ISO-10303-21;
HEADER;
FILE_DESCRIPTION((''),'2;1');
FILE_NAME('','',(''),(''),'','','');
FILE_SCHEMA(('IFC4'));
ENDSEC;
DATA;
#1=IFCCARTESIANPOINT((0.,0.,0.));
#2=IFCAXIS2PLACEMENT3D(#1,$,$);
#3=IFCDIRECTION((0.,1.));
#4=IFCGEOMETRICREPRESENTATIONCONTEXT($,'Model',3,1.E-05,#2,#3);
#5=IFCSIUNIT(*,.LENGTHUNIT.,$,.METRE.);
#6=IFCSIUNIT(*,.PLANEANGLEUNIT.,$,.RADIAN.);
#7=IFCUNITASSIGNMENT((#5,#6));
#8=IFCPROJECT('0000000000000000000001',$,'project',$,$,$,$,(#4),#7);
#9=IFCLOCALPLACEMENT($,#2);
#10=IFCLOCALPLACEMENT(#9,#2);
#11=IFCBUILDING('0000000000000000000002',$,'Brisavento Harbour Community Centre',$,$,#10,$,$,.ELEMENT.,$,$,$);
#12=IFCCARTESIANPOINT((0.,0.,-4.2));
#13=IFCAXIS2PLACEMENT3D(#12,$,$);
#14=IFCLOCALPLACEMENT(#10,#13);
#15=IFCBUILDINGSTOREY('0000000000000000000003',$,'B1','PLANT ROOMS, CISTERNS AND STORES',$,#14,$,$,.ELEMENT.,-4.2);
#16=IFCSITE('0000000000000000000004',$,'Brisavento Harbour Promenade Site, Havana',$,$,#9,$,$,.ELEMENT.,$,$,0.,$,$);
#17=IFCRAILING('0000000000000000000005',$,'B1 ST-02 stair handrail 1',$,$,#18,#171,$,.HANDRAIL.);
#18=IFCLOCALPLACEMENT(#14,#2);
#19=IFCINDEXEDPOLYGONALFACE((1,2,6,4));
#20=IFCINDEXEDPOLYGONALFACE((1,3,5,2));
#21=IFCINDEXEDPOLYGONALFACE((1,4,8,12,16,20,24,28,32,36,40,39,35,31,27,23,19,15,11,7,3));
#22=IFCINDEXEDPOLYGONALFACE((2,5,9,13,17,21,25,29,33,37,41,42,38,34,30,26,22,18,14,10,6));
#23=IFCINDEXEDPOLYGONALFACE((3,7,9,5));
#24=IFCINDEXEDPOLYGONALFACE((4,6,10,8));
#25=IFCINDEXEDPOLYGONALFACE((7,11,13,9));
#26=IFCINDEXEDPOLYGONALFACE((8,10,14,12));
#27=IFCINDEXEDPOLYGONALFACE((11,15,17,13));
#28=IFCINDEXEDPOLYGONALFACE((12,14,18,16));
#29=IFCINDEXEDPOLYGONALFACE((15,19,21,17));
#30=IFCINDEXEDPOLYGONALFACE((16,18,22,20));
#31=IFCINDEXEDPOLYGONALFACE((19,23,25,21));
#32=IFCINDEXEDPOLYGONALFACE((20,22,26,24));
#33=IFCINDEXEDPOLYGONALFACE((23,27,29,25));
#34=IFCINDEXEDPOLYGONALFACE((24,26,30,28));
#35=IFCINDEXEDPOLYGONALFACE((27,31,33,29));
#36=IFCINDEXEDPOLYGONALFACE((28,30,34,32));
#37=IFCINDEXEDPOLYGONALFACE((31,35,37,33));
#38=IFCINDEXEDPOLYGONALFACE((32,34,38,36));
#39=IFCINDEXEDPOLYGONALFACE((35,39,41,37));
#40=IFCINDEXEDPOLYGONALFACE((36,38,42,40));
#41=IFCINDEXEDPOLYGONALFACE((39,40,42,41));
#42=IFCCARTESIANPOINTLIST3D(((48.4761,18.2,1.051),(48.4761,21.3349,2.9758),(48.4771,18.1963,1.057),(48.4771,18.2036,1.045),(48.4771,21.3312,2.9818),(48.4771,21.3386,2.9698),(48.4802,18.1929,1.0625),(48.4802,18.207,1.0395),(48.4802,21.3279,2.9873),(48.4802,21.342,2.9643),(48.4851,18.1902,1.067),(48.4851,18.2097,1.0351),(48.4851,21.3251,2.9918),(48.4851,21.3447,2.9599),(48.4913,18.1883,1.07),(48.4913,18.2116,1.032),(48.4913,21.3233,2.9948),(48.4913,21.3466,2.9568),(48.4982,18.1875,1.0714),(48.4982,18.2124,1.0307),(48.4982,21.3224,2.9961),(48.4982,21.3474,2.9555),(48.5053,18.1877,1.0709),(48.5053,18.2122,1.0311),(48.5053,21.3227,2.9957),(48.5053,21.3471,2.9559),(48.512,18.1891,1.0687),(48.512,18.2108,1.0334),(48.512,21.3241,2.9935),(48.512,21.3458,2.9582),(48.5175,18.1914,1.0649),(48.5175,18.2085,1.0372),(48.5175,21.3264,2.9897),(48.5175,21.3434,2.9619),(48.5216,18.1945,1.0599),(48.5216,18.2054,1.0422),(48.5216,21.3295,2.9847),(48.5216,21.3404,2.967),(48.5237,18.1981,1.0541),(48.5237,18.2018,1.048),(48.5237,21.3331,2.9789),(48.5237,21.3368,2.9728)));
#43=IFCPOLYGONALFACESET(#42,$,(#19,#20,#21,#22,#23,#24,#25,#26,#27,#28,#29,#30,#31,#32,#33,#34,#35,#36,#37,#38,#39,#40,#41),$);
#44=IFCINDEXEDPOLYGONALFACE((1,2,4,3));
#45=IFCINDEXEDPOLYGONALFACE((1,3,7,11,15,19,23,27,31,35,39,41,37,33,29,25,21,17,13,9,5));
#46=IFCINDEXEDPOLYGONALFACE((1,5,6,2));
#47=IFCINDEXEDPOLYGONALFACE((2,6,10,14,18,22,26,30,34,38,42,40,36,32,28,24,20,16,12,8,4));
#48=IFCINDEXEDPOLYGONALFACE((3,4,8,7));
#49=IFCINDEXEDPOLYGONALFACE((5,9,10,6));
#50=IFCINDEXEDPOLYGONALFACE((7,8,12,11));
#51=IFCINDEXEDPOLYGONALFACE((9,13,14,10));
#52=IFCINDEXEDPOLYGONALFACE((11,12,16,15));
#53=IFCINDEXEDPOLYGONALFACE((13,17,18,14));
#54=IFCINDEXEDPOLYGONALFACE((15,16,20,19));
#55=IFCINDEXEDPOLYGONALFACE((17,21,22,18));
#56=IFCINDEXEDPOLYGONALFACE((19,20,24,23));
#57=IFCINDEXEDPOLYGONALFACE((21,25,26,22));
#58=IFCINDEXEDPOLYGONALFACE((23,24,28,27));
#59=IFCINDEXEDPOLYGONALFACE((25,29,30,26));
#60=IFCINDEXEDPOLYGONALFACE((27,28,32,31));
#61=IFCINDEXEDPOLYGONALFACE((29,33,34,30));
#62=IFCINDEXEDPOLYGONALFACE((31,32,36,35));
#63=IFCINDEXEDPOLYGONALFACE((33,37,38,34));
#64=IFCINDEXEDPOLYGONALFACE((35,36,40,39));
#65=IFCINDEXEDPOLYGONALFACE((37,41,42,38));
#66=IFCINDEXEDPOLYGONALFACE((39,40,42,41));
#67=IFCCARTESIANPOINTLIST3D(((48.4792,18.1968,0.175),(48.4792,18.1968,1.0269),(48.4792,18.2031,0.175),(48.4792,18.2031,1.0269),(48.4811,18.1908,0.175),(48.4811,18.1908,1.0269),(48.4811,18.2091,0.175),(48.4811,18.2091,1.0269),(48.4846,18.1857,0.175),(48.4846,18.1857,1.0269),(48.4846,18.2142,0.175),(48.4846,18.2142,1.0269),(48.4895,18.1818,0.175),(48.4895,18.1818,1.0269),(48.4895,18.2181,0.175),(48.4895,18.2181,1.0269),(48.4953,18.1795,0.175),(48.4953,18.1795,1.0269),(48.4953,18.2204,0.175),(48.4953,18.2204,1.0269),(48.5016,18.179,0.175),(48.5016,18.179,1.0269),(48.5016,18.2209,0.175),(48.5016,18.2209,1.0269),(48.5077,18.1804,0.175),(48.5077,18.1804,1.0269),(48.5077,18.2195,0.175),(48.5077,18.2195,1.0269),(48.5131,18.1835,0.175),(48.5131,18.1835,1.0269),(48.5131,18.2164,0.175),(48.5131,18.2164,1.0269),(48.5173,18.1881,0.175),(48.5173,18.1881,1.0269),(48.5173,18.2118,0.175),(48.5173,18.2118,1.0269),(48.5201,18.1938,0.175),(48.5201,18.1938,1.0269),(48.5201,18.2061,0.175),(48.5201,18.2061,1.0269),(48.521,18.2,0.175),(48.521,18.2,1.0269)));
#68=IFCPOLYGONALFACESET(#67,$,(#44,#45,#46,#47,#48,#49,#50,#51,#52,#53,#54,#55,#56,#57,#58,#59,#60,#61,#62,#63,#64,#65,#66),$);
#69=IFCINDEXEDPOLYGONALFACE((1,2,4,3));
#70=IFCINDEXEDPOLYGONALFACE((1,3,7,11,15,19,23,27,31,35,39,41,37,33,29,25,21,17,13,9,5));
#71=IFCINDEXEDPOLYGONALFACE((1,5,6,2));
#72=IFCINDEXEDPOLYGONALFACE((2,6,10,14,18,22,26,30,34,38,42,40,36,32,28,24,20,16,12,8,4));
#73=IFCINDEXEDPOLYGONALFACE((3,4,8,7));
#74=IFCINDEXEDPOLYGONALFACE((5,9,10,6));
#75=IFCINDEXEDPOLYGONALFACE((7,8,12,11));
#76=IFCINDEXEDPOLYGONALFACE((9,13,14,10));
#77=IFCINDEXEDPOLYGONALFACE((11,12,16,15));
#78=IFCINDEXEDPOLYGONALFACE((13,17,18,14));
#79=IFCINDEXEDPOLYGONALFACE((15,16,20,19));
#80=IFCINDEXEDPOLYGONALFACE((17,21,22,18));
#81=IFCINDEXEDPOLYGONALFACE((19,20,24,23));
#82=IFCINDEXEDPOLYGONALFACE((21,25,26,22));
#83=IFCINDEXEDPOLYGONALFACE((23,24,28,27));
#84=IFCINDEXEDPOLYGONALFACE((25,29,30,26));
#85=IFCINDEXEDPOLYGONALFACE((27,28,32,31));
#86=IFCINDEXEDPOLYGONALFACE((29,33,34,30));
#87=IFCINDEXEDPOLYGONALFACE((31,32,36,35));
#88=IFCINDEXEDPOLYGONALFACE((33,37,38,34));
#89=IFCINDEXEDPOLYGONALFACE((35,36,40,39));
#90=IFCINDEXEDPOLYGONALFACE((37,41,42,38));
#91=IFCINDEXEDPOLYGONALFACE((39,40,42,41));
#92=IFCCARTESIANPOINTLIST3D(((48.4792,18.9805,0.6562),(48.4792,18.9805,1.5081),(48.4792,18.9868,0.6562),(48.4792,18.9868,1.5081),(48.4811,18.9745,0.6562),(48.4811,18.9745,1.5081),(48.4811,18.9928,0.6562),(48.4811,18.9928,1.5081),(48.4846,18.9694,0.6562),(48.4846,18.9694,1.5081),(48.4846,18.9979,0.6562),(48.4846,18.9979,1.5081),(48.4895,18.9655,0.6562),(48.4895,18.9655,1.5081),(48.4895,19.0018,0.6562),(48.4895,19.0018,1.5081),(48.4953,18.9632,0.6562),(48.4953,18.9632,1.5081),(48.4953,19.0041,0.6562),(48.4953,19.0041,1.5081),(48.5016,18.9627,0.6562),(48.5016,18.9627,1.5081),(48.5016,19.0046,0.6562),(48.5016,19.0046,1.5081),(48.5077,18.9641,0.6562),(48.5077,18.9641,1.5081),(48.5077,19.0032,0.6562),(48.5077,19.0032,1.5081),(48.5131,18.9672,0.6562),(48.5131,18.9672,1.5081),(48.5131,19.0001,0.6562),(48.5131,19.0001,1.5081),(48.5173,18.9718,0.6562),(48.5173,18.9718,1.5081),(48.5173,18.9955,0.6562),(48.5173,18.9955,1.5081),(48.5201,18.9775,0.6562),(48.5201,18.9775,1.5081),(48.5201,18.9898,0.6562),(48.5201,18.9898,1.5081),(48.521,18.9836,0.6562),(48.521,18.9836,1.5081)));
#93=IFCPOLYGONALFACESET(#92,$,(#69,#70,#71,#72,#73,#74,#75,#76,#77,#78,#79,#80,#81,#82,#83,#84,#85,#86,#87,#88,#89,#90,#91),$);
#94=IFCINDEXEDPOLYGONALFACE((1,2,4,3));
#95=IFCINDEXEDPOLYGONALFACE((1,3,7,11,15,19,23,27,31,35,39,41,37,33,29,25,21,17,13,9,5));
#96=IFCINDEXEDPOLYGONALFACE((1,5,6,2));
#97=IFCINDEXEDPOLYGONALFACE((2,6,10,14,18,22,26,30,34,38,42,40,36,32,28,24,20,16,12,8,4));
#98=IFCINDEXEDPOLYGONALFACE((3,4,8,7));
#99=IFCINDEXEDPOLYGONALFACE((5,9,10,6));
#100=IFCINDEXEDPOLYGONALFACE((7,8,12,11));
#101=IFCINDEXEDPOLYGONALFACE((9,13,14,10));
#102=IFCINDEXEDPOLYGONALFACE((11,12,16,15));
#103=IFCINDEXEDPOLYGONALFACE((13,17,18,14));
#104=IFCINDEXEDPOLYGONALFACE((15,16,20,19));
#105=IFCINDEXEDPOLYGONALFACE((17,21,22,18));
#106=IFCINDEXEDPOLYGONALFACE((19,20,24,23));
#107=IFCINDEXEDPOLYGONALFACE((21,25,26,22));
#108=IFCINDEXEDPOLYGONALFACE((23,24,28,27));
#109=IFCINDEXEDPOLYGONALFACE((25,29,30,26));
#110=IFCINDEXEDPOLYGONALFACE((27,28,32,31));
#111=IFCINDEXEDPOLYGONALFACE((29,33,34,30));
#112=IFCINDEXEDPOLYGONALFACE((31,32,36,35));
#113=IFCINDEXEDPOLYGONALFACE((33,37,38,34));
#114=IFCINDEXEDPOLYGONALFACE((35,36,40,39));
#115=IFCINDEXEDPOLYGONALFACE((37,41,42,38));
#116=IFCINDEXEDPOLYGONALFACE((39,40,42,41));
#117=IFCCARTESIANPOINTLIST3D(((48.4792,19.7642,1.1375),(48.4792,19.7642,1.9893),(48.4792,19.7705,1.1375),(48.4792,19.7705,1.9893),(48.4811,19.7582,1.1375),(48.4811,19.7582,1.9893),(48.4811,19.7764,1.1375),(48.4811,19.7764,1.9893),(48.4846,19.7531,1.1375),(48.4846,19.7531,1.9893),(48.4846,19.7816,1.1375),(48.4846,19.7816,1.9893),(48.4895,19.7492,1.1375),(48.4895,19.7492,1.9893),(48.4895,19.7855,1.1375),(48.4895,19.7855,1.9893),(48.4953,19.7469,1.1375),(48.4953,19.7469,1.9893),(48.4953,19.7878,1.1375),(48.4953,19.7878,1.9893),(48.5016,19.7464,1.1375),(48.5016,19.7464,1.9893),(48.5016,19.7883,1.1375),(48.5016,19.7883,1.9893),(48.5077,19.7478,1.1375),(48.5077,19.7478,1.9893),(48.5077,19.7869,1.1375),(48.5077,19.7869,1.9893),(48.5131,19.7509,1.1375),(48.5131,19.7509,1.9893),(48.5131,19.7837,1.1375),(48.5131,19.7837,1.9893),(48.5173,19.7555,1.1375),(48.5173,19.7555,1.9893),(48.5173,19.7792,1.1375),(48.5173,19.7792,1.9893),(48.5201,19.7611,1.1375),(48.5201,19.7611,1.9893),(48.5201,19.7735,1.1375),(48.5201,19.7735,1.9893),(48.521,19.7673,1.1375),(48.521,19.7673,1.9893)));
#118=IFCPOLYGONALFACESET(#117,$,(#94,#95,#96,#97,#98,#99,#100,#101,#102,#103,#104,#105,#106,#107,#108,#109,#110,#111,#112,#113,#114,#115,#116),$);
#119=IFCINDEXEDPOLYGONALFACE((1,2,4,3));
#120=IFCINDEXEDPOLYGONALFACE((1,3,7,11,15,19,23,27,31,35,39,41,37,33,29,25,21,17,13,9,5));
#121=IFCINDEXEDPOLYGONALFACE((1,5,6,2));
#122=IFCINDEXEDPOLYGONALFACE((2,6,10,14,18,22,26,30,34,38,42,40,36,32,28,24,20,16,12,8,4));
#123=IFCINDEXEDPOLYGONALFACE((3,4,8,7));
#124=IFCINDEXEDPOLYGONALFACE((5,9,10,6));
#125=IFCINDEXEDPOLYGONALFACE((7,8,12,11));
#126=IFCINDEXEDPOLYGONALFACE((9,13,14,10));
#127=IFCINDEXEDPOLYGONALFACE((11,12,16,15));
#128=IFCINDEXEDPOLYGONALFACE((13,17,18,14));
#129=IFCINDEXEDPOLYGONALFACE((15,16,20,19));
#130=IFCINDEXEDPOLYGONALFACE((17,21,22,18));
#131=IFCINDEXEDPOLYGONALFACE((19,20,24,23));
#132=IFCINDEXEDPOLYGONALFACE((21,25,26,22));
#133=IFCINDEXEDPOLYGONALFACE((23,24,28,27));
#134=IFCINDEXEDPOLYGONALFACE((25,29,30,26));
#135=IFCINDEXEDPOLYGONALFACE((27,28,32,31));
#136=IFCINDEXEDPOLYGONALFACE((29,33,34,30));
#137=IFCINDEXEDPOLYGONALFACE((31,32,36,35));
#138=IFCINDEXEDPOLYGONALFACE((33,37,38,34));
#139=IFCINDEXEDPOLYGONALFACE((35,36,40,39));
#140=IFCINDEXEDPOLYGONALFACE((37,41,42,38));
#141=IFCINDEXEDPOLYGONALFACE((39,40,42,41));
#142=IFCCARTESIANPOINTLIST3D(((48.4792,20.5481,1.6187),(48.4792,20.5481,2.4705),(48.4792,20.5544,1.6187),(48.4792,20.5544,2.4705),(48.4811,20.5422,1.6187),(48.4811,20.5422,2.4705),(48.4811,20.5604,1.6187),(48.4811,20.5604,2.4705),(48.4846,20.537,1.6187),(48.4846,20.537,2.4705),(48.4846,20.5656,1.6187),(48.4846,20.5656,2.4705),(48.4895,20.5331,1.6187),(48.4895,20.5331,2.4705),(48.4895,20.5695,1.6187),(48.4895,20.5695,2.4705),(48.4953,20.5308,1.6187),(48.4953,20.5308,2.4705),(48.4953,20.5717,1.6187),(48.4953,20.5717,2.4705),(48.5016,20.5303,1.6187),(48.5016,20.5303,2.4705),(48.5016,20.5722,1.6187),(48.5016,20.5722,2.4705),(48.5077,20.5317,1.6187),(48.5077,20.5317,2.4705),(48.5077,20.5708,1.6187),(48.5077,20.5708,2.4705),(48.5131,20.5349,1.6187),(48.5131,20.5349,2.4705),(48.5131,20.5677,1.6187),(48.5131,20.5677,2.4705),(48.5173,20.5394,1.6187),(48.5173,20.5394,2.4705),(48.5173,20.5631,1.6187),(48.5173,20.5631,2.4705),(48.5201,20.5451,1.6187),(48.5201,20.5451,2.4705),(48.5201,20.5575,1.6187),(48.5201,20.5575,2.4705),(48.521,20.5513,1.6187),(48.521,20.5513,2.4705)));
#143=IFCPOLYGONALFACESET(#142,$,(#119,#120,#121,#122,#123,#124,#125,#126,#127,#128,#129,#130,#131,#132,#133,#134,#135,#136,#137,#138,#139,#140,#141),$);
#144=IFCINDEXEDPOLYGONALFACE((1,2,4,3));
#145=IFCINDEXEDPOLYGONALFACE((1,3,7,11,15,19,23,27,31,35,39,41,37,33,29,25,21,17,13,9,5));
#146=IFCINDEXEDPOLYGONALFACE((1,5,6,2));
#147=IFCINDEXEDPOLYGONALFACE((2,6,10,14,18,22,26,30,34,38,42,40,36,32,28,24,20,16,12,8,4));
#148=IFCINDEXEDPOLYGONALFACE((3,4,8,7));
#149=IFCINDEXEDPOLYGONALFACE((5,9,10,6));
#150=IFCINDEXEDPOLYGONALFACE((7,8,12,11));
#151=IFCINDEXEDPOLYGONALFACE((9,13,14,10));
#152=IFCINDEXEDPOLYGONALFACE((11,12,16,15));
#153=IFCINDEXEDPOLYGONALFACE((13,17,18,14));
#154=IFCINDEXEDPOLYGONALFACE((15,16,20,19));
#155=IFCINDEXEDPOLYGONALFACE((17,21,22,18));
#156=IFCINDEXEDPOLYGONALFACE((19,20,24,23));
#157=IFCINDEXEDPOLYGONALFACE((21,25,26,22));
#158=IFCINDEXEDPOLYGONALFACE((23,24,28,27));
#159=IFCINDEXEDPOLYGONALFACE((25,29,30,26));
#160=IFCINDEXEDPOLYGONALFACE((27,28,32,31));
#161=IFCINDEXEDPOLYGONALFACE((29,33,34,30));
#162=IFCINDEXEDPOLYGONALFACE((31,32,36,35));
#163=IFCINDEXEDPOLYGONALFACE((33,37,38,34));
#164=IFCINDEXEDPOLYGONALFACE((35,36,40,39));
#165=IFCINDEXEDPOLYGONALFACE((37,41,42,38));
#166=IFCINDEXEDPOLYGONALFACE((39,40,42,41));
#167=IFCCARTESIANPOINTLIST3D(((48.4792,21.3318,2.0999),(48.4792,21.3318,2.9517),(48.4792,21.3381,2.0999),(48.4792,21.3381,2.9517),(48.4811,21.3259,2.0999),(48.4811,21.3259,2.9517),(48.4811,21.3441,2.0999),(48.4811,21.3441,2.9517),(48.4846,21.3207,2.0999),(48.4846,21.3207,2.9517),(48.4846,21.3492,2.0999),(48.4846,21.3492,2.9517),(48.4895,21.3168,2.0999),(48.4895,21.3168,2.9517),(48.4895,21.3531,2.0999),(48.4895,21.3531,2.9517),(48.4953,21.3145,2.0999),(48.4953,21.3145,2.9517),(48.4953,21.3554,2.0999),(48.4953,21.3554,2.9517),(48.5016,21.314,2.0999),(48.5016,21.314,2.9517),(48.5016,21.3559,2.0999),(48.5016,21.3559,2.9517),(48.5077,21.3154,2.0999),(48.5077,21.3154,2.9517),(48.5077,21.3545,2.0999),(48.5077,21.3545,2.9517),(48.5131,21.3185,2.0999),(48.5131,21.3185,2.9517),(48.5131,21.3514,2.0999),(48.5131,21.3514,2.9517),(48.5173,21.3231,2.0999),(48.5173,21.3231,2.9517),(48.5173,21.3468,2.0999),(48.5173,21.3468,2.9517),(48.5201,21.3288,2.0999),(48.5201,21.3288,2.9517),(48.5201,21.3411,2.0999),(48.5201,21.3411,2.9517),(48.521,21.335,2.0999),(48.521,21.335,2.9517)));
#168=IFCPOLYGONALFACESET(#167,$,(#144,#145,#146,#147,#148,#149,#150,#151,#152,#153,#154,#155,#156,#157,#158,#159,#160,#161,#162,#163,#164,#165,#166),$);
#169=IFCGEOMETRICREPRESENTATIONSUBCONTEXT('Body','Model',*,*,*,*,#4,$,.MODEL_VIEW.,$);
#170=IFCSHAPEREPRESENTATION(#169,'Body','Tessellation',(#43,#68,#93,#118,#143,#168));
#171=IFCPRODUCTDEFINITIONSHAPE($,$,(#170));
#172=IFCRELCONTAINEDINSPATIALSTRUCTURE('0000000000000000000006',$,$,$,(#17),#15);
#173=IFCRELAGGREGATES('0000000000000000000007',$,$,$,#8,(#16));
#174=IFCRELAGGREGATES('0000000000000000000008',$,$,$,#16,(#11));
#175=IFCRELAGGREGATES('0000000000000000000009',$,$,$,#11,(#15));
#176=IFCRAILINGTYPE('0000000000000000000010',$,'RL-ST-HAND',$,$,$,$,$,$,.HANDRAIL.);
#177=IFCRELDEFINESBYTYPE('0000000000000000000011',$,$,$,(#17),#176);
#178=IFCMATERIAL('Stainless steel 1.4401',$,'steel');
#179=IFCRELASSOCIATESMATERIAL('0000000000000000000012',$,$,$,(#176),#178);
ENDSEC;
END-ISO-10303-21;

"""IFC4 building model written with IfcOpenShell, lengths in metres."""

from ifc_helpers import new_model, si_unit, direction, frame, origin, origin_2d, place, context, subcontext, project, spatial, circle, extrude, material, type_object, element, save


model = new_model("IFC4")

# Units and contexts
model_context = context("Model", 3, precision=1e-05, world=origin(), true_north=direction((0.0, 1.0)))
body_context = subcontext(model_context, "Body", "Model", "MODEL_VIEW")
ifc_project = project(units=[si_unit("LENGTHUNIT", "METRE"), si_unit("PLANEANGLEUNIT", "RADIAN")], contexts=[model_context])

# Site, building, storey
site_placement = place(None, origin())
site = spatial("IfcSite", under=ifc_project, at=site_placement, Name="Brisavento Harbour Promenade Site, Havana", CompositionType="ELEMENT", RefElevation=0.0)
building_placement = place(site_placement, origin())
building = spatial("IfcBuilding", under=site, at=building_placement, Name="Brisavento Harbour Community Centre", CompositionType="ELEMENT")
storey_placement = place(building_placement, frame((0.0, 0.0, -4.2)))
storey = spatial("IfcBuildingStorey", under=building, at=storey_placement, Name="B1", Description="PLANT ROOMS, CISTERNS AND STORES", CompositionType="ELEMENT", Elevation=-4.2)

# Railing
ifc_material_1 = material(Name="Stainless steel 1.4401", Category="steel")
railing_type_1 = type_object("IfcRailingType", Name="RL-ST-HAND", PredefinedType="HANDRAIL", material=ifc_material_1)
railing_1_placement = place(storey_placement, frame((48.5, 18.2, 0.175)))
element("IfcRailing", 1, at=railing_1_placement, inside=storey, type_object=railing_type_1, Name="B1 ST-02 stair handrail 1", PredefinedType="HANDRAIL", context=body_context, shape_type="SweptSolid", body=[
    extrude(circle(Radius=0.0239, at=origin_2d()), frame((0.0, 0.0, 0.876), z_axis=(0.0, 0.852196, 0.523223), x_axis=(-1.0, 0.0, 0.0)), (0.0, 0.0, 1.0), 3.6787),
    extrude(circle(Radius=0.021, at=origin_2d()), origin(), (0.0, 0.0, 1.0), 0.8518),
    extrude(circle(Radius=0.021, at=origin_2d()), frame((0.0, 0.7837, 0.4812)), (0.0, 0.0, 1.0), 0.8518),
    extrude(circle(Radius=0.021, at=origin_2d()), frame((0.0, 1.5674, 0.9624)), (0.0, 0.0, 1.0), 0.8518),
    extrude(circle(Radius=0.021, at=origin_2d()), frame((0.0, 2.3513, 1.4436)), (0.0, 0.0, 1.0), 0.8518),
    extrude(circle(Radius=0.021, at=origin_2d()), frame((0.0, 3.135, 1.9248)), (0.0, 0.0, 1.0), 0.8518),
])

save(model, "model.ifc")
